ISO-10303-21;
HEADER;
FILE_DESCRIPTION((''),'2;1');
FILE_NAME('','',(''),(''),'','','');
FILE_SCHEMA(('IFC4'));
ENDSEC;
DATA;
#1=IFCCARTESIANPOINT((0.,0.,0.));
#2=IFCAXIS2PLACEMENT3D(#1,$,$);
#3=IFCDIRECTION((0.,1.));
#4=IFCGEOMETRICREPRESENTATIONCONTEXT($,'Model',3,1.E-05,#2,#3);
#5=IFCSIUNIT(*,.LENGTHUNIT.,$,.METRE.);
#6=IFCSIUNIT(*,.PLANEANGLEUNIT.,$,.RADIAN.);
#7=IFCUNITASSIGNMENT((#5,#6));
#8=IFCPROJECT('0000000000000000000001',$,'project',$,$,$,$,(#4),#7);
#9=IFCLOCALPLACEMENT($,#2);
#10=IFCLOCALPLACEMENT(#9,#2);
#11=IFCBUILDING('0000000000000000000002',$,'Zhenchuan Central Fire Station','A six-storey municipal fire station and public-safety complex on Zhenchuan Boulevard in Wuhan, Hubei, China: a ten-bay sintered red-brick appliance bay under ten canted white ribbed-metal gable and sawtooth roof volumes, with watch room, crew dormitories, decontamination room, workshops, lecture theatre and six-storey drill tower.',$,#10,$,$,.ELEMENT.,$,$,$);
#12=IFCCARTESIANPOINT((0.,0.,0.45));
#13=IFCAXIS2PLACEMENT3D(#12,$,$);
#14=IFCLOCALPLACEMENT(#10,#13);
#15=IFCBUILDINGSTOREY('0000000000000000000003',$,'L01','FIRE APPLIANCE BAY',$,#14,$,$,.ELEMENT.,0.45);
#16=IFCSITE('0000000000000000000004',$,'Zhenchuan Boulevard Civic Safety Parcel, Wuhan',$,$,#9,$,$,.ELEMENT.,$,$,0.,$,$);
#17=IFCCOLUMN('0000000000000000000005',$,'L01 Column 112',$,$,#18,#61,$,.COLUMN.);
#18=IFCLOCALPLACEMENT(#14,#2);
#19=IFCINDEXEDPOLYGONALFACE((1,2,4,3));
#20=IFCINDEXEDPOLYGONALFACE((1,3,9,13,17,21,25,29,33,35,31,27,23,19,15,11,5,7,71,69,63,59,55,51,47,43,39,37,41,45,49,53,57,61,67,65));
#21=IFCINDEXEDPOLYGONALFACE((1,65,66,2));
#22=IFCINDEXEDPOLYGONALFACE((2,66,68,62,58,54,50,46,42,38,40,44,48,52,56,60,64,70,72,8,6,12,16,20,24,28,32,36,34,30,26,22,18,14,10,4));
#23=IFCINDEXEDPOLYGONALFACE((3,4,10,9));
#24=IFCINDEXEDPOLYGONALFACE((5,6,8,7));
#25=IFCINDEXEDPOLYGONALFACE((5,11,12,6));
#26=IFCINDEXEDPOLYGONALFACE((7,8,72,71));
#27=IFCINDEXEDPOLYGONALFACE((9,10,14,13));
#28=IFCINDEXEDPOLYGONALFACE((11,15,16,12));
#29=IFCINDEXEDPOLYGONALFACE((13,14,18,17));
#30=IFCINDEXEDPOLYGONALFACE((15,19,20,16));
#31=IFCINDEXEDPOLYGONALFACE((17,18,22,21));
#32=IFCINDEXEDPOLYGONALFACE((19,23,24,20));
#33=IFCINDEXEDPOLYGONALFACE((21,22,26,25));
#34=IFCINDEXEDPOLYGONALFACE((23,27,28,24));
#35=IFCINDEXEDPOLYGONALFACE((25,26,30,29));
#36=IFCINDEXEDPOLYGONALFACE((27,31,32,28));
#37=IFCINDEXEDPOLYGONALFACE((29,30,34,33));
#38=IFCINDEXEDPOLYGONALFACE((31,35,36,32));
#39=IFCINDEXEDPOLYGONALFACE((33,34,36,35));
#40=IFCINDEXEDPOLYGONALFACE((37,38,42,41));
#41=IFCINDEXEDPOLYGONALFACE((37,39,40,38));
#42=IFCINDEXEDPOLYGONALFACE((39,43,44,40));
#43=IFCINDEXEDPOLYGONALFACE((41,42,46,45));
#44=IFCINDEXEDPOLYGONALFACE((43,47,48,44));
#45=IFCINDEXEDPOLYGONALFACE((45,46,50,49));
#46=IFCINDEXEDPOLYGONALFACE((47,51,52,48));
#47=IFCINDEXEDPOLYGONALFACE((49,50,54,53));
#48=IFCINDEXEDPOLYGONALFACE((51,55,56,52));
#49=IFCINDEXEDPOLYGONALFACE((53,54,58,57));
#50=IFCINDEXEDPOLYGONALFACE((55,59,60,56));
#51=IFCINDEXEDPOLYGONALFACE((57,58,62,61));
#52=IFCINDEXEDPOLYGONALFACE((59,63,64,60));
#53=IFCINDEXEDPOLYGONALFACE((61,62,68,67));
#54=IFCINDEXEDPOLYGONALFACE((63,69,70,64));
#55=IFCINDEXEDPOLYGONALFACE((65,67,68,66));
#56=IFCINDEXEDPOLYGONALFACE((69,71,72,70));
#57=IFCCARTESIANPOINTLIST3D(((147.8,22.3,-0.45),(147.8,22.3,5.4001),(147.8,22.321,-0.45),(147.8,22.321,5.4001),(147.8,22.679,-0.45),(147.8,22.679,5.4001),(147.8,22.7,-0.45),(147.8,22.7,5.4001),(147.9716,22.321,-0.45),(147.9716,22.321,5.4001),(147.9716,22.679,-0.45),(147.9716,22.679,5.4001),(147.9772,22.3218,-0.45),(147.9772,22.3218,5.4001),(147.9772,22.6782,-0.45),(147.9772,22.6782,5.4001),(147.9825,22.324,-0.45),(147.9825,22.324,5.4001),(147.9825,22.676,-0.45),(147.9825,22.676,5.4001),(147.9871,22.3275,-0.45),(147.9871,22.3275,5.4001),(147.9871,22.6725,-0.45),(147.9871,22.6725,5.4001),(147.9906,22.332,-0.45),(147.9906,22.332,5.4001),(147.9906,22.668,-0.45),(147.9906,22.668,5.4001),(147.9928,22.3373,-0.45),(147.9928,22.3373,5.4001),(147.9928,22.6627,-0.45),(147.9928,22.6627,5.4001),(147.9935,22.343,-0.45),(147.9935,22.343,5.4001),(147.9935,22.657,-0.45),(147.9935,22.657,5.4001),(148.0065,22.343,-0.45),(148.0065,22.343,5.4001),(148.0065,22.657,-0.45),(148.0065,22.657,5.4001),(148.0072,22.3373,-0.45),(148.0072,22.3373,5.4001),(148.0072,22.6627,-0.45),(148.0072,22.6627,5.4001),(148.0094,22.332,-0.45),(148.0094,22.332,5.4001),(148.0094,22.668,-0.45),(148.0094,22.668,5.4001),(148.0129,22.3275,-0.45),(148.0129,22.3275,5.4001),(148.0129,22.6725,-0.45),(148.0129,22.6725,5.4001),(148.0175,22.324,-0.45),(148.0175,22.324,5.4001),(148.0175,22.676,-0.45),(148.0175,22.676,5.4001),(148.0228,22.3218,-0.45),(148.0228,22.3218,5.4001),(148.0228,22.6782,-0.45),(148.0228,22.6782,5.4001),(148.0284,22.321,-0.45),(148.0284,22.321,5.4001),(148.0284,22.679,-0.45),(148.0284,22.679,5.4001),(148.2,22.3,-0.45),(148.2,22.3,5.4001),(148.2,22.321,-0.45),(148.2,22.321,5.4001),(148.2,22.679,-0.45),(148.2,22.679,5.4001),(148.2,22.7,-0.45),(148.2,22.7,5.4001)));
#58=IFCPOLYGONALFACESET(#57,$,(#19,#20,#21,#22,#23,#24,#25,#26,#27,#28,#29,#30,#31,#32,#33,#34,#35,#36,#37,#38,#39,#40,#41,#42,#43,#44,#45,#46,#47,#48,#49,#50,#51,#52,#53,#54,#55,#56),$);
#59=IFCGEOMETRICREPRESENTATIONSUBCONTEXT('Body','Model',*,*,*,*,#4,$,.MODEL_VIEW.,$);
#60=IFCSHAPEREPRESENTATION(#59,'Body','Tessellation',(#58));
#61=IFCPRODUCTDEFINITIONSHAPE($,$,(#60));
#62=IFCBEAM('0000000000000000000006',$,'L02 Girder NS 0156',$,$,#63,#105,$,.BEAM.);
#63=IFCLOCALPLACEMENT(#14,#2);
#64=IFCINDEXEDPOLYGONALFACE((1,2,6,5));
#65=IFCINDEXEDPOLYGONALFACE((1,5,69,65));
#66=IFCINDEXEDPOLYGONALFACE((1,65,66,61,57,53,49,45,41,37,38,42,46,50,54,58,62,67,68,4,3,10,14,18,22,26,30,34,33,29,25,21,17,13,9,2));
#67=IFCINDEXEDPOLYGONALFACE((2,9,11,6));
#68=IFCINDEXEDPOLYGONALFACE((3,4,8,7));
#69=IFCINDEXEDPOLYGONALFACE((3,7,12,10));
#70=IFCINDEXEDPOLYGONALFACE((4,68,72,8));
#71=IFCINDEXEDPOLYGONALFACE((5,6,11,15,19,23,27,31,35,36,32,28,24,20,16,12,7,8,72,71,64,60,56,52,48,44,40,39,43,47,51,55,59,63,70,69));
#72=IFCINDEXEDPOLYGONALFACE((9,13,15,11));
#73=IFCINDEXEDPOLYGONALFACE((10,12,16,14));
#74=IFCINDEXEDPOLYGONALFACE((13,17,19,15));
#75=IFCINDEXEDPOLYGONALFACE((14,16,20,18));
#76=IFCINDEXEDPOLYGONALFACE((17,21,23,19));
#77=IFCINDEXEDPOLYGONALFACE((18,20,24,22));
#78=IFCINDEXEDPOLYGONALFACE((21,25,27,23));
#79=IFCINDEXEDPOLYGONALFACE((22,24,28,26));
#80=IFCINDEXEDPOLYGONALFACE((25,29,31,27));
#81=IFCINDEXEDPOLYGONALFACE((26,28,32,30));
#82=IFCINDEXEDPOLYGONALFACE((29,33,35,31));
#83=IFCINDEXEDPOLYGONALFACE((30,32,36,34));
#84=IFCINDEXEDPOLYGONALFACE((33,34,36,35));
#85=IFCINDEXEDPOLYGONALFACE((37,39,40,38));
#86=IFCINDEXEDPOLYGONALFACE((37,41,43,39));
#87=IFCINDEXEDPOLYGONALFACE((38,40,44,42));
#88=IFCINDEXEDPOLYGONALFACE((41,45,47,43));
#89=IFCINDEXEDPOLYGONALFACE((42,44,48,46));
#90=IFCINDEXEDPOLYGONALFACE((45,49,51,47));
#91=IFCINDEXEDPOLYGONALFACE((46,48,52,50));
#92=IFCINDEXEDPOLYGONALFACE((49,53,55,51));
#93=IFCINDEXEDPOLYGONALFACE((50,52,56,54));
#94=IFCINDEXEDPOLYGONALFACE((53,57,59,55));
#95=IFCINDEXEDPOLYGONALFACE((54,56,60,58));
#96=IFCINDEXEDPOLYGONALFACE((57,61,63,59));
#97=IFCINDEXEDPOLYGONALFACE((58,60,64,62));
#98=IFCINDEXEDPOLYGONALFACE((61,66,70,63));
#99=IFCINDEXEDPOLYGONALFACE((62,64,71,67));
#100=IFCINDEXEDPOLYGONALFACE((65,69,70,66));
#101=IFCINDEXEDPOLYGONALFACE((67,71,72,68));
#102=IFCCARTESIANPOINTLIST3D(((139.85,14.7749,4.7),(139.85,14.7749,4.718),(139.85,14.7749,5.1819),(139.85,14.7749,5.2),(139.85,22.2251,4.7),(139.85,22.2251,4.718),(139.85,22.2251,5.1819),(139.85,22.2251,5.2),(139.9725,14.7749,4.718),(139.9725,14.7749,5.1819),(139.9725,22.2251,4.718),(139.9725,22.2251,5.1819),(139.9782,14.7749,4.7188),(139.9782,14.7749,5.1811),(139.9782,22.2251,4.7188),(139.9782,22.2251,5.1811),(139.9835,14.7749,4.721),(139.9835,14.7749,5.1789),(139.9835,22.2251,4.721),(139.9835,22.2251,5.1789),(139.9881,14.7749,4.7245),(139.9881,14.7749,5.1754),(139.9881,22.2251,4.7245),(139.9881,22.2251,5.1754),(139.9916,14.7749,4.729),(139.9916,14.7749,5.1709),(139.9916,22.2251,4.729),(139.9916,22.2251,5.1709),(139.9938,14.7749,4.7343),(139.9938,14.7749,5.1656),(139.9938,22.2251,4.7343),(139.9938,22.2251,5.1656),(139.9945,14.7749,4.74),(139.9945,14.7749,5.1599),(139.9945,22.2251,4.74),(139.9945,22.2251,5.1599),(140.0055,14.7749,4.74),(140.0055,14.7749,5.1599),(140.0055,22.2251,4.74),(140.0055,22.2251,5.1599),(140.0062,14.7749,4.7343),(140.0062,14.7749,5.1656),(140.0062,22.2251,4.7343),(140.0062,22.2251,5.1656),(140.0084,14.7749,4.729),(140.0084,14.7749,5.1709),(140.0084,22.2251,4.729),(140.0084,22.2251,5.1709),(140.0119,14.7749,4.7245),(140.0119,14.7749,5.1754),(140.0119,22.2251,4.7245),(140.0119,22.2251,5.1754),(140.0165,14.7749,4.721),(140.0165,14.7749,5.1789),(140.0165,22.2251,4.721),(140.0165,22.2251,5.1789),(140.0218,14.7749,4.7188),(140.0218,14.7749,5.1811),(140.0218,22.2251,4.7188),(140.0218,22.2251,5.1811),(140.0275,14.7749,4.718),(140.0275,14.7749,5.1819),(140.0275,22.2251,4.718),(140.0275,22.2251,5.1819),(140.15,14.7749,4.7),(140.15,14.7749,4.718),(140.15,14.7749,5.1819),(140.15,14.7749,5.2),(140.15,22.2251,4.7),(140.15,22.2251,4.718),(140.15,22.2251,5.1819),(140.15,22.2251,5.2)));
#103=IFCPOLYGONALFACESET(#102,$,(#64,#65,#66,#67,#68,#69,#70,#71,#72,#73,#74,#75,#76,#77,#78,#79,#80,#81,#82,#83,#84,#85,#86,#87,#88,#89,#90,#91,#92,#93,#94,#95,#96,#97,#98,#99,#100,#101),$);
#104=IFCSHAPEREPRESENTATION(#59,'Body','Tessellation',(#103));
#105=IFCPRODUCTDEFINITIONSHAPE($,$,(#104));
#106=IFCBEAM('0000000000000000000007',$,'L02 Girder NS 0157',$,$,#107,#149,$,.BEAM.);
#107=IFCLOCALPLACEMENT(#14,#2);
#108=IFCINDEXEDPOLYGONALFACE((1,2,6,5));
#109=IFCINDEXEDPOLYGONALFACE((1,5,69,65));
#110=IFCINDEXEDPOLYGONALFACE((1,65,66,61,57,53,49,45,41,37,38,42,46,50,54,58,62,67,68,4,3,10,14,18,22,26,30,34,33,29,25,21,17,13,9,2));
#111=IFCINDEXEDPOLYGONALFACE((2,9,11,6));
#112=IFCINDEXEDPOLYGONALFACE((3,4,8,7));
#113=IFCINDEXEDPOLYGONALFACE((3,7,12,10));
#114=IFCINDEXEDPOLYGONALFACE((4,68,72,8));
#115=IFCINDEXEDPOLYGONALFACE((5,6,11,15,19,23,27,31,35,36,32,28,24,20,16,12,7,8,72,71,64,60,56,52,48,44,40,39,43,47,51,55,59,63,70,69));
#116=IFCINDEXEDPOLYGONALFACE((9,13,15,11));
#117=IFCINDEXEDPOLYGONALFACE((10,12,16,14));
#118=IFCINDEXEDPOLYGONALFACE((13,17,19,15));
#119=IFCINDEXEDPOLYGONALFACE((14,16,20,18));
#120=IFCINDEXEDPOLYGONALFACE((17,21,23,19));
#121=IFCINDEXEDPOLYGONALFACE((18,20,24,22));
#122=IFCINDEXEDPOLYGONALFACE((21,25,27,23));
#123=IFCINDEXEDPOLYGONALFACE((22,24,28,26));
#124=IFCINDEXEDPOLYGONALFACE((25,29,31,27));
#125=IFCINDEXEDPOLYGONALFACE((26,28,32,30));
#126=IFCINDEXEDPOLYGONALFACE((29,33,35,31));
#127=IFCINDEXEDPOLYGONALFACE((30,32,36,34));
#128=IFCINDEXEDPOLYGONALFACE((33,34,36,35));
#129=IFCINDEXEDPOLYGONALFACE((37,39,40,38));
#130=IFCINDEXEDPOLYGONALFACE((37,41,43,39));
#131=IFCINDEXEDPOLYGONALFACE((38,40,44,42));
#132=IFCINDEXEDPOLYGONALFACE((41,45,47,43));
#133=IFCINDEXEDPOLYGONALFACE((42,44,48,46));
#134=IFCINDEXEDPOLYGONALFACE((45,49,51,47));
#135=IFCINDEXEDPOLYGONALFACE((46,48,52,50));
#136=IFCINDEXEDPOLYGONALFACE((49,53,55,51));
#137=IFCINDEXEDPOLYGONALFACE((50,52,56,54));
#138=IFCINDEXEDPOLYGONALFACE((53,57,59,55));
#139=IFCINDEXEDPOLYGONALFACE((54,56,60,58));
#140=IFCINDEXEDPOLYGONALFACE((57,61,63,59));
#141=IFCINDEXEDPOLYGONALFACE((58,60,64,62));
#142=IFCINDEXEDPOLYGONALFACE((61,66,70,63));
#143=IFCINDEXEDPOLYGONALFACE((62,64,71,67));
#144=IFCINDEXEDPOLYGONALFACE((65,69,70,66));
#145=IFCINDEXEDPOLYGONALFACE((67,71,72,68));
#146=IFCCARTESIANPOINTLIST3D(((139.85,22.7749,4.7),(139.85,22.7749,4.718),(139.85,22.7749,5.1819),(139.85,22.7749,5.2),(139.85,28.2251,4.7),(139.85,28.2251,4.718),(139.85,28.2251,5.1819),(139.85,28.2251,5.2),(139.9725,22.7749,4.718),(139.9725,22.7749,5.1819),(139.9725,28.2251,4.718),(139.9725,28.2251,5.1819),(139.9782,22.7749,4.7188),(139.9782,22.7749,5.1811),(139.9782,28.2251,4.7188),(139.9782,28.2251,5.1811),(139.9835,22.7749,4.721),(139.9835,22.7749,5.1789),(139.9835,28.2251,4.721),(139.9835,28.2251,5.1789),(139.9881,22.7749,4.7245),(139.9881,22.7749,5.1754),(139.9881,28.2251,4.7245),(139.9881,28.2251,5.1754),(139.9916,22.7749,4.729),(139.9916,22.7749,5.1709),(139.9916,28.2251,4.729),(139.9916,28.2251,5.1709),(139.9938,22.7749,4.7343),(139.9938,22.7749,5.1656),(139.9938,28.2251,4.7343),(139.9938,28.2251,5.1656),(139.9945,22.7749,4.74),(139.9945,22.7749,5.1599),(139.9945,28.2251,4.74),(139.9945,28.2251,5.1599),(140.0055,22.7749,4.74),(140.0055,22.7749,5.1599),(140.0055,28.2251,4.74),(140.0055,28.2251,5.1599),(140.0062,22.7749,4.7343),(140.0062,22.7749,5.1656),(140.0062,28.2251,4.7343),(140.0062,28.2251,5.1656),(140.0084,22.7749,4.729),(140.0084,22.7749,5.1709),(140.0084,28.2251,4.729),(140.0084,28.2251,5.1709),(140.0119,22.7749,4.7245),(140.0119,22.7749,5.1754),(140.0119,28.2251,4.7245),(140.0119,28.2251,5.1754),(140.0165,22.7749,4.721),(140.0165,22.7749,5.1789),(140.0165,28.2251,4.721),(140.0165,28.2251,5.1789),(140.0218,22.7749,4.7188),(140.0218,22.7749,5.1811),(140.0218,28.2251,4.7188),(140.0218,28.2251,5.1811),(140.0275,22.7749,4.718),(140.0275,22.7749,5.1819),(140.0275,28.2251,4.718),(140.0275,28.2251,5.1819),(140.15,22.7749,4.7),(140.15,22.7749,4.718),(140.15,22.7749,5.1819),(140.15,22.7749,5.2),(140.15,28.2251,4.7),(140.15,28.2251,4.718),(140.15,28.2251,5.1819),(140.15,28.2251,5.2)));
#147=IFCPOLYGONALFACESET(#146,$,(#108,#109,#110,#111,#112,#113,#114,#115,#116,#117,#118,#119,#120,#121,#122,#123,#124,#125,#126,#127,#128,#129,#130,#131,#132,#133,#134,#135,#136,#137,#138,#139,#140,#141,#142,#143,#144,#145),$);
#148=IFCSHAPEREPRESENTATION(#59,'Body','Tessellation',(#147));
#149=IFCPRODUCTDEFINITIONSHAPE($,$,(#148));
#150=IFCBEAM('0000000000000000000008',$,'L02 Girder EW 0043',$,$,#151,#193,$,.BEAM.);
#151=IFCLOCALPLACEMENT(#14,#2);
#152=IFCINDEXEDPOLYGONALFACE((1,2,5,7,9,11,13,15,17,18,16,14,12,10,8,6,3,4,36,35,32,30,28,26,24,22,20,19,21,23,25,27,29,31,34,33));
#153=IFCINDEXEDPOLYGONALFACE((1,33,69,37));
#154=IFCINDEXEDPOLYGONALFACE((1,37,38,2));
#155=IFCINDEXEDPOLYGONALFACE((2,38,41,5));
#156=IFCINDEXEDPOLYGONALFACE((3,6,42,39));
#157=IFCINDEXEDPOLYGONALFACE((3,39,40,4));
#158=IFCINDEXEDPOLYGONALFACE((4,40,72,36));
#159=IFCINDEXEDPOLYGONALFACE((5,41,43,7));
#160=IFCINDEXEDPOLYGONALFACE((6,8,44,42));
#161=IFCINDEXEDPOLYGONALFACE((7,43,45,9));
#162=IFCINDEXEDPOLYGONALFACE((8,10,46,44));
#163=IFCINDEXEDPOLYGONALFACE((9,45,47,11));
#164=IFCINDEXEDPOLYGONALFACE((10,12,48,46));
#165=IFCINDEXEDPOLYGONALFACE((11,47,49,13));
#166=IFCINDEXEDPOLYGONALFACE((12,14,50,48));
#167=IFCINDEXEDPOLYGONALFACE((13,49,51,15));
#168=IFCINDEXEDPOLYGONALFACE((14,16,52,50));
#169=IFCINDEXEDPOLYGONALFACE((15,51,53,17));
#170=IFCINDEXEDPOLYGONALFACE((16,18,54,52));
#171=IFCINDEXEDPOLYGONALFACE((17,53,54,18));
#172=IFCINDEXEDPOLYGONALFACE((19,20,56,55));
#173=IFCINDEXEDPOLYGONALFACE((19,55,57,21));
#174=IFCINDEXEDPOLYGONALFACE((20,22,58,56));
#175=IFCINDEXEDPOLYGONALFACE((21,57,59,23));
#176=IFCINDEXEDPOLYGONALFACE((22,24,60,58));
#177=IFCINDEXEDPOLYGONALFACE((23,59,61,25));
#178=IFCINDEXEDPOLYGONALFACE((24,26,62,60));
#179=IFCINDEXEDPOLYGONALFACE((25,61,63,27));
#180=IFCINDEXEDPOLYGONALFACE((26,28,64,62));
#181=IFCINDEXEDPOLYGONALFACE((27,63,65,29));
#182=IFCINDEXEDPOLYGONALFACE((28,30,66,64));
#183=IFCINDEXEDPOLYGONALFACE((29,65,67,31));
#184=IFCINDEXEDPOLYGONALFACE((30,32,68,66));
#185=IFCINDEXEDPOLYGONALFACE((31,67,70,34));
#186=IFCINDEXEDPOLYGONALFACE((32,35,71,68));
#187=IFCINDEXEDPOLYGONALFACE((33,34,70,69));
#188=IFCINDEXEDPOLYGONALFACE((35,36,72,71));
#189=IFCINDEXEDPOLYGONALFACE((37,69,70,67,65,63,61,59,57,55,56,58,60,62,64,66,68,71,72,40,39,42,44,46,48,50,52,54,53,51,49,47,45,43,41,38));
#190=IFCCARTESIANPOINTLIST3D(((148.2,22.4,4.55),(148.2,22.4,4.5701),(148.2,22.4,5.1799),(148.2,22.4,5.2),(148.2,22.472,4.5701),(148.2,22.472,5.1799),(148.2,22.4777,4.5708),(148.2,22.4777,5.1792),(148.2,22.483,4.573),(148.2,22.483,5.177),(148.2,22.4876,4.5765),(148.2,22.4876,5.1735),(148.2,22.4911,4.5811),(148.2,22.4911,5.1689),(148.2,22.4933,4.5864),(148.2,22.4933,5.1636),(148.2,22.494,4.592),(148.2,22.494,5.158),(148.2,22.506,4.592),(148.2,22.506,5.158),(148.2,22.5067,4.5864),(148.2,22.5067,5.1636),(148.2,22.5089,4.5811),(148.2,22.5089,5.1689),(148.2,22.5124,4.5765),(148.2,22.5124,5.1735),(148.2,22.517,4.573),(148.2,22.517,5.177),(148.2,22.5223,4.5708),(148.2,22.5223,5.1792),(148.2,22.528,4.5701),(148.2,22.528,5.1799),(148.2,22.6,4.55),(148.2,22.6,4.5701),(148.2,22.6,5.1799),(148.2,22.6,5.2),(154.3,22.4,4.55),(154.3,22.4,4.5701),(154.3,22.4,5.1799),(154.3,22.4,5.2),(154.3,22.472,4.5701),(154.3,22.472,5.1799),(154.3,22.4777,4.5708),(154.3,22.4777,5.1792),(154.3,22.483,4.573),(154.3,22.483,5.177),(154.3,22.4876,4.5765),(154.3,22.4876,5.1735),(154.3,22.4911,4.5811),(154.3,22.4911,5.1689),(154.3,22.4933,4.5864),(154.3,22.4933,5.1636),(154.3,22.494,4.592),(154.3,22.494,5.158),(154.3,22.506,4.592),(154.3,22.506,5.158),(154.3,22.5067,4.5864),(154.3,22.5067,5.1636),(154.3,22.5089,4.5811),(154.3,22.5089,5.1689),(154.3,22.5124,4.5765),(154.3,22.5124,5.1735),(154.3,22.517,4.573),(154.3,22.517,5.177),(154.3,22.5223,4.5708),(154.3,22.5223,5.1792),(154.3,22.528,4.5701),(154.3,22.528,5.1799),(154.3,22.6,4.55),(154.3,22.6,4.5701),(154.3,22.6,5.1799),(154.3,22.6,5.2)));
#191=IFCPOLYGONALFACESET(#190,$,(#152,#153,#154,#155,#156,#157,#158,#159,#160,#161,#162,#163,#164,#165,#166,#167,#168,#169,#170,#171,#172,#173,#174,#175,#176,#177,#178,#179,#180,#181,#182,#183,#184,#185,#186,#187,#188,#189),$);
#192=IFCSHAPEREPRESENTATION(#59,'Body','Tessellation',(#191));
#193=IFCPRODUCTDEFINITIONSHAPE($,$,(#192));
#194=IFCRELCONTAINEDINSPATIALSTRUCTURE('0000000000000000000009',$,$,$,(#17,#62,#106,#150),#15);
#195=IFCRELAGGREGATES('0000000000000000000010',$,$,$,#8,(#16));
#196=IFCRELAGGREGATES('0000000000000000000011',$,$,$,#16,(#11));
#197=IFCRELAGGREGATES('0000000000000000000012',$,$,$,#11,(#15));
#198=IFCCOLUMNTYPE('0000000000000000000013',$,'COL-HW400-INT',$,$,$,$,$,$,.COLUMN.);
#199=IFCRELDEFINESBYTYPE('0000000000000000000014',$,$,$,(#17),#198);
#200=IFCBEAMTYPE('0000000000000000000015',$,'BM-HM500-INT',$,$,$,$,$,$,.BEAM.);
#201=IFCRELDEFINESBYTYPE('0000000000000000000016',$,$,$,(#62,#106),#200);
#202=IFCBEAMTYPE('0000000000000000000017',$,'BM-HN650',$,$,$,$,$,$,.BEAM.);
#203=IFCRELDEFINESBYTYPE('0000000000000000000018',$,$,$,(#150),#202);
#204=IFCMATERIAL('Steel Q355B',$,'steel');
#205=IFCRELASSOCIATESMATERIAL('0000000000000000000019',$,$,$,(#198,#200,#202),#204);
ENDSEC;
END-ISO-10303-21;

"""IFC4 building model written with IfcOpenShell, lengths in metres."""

from ifc_helpers import new_model, si_unit, direction, frame, origin, origin_2d, place, context, subcontext, project, spatial, i_section, extrude, material, material_profile, profile_set, type_object, element, save


model = new_model("IFC4")

# Units and contexts
model_context = context("Model", 3, precision=1e-05, world=origin(), true_north=direction((0.0, 1.0)))
body_context = subcontext(model_context, "Body", "Model", "MODEL_VIEW")
ifc_project = project(units=[si_unit("LENGTHUNIT", "METRE"), si_unit("PLANEANGLEUNIT", "RADIAN")], contexts=[model_context])

# Site, building, storey
site_placement = place(None, origin())
site = spatial("IfcSite", under=ifc_project, at=site_placement, Name="Zhenchuan Boulevard Civic Safety Parcel, Wuhan", CompositionType="ELEMENT", RefElevation=0.0)
building_placement = place(site_placement, origin())
building = spatial("IfcBuilding", under=site, at=building_placement, Name="Zhenchuan Central Fire Station", Description="A six-storey municipal fire station and public-safety complex on Zhenchuan Boulevard in Wuhan, Hubei, China: a ten-bay sintered red-brick appliance bay under ten canted white ribbed-metal gable and sawtooth roof volumes, with watch room, crew dormitories, decontamination room, workshops, lecture theatre and six-storey drill tower.", CompositionType="ELEMENT")
storey_placement = place(building_placement, frame((0.0, 0.0, 0.45)))
storey = spatial("IfcBuildingStorey", under=building, at=storey_placement, Name="L01", Description="FIRE APPLIANCE BAY", CompositionType="ELEMENT", Elevation=0.45)

# Column
ifc_material_1 = material(Name="Steel Q355B", Category="steel")
ifc_material_profile_1 = material_profile(ifc_material_1, i_section(OverallWidth=0.3999, OverallDepth=0.3999, WebThickness=0.0129, FlangeThickness=0.021, FilletRadius=0.022, at=origin_2d()), Name="HW 400x400")
ifc_profile_set_1 = profile_set([ifc_material_profile_1], Name="Steel Q355B")
column_type_1 = type_object("IfcColumnType", Name="COL-HW400-INT", PredefinedType="COLUMN", material=ifc_profile_set_1)
column_1_placement = place(storey_placement, frame((148.0, 22.5, -0.45), z_axis=(0.0, 0.0, 1.0), x_axis=(1.0, 0.0, 0.0)))
element("IfcColumn", 1, at=column_1_placement, inside=storey, type_object=column_type_1, Name="L01 Column 112", PredefinedType="COLUMN", context=body_context, shape_type="SweptSolid", body=[
    extrude(i_section(OverallWidth=0.3999, OverallDepth=0.3999, WebThickness=0.0129, FlangeThickness=0.021, FilletRadius=0.022, at=origin_2d()), origin(), (0.0, 0.0, 1.0), 5.8501),
])

# Beams
ifc_material_profile_2 = material_profile(ifc_material_1, i_section(OverallWidth=0.3, OverallDepth=0.5, WebThickness=0.011, FlangeThickness=0.0181, FilletRadius=0.022, at=origin_2d()), Name="HM 500x300")
ifc_profile_set_2 = profile_set([ifc_material_profile_2], Name="Steel Q355B")
beam_type_1 = type_object("IfcBeamType", Name="BM-HM500-INT", PredefinedType="BEAM", material=ifc_profile_set_2)
beam_1_placement = place(storey_placement, frame((140.0, 14.7749, 4.95), z_axis=(0.0, 1.0, 0.0), x_axis=(-1.0, 0.0, 0.0)))
element("IfcBeam", 2, at=beam_1_placement, inside=storey, type_object=beam_type_1, Name="L02 Girder NS 0156", PredefinedType="BEAM", context=body_context, shape_type="SweptSolid", body=[
    extrude(i_section(OverallWidth=0.3, OverallDepth=0.5, WebThickness=0.011, FlangeThickness=0.0181, FilletRadius=0.022, at=origin_2d()), origin(), (0.0, 0.0, 1.0), 7.4502),
])
beam_2_placement = place(storey_placement, frame((140.0, 22.7749, 4.95), z_axis=(0.0, 1.0, 0.0), x_axis=(-1.0, 0.0, 0.0)))
element("IfcBeam", 3, at=beam_2_placement, inside=storey, type_object=beam_type_1, Name="L02 Girder NS 0157", PredefinedType="BEAM", context=body_context, shape_type="SweptSolid", body=[
    extrude(i_section(OverallWidth=0.3, OverallDepth=0.5, WebThickness=0.011, FlangeThickness=0.0181, FilletRadius=0.022, at=origin_2d()), origin(), (0.0, 0.0, 1.0), 5.4502),
])
ifc_material_profile_3 = material_profile(ifc_material_1, i_section(OverallWidth=0.2, OverallDepth=0.6499, WebThickness=0.012, FlangeThickness=0.02, FilletRadius=0.022, at=origin_2d()), Name="HN 650x200")
ifc_profile_set_3 = profile_set([ifc_material_profile_3], Name="Steel Q355B")
beam_type_2 = type_object("IfcBeamType", Name="BM-HN650", PredefinedType="BEAM", material=ifc_profile_set_3)
beam_3_placement = place(storey_placement, frame((148.2, 22.5, 4.875), z_axis=(1.0, 0.0, 0.0), x_axis=(0.0, 1.0, 0.0)))
element("IfcBeam", 4, at=beam_3_placement, inside=storey, type_object=beam_type_2, Name="L02 Girder EW 0043", PredefinedType="BEAM", context=body_context, shape_type="SweptSolid", body=[
    extrude(i_section(OverallWidth=0.2, OverallDepth=0.6499, WebThickness=0.012, FlangeThickness=0.02, FilletRadius=0.022, at=origin_2d()), origin(), (0.0, 0.0, 1.0), 6.1001),
])

save(model, "model.ifc")
